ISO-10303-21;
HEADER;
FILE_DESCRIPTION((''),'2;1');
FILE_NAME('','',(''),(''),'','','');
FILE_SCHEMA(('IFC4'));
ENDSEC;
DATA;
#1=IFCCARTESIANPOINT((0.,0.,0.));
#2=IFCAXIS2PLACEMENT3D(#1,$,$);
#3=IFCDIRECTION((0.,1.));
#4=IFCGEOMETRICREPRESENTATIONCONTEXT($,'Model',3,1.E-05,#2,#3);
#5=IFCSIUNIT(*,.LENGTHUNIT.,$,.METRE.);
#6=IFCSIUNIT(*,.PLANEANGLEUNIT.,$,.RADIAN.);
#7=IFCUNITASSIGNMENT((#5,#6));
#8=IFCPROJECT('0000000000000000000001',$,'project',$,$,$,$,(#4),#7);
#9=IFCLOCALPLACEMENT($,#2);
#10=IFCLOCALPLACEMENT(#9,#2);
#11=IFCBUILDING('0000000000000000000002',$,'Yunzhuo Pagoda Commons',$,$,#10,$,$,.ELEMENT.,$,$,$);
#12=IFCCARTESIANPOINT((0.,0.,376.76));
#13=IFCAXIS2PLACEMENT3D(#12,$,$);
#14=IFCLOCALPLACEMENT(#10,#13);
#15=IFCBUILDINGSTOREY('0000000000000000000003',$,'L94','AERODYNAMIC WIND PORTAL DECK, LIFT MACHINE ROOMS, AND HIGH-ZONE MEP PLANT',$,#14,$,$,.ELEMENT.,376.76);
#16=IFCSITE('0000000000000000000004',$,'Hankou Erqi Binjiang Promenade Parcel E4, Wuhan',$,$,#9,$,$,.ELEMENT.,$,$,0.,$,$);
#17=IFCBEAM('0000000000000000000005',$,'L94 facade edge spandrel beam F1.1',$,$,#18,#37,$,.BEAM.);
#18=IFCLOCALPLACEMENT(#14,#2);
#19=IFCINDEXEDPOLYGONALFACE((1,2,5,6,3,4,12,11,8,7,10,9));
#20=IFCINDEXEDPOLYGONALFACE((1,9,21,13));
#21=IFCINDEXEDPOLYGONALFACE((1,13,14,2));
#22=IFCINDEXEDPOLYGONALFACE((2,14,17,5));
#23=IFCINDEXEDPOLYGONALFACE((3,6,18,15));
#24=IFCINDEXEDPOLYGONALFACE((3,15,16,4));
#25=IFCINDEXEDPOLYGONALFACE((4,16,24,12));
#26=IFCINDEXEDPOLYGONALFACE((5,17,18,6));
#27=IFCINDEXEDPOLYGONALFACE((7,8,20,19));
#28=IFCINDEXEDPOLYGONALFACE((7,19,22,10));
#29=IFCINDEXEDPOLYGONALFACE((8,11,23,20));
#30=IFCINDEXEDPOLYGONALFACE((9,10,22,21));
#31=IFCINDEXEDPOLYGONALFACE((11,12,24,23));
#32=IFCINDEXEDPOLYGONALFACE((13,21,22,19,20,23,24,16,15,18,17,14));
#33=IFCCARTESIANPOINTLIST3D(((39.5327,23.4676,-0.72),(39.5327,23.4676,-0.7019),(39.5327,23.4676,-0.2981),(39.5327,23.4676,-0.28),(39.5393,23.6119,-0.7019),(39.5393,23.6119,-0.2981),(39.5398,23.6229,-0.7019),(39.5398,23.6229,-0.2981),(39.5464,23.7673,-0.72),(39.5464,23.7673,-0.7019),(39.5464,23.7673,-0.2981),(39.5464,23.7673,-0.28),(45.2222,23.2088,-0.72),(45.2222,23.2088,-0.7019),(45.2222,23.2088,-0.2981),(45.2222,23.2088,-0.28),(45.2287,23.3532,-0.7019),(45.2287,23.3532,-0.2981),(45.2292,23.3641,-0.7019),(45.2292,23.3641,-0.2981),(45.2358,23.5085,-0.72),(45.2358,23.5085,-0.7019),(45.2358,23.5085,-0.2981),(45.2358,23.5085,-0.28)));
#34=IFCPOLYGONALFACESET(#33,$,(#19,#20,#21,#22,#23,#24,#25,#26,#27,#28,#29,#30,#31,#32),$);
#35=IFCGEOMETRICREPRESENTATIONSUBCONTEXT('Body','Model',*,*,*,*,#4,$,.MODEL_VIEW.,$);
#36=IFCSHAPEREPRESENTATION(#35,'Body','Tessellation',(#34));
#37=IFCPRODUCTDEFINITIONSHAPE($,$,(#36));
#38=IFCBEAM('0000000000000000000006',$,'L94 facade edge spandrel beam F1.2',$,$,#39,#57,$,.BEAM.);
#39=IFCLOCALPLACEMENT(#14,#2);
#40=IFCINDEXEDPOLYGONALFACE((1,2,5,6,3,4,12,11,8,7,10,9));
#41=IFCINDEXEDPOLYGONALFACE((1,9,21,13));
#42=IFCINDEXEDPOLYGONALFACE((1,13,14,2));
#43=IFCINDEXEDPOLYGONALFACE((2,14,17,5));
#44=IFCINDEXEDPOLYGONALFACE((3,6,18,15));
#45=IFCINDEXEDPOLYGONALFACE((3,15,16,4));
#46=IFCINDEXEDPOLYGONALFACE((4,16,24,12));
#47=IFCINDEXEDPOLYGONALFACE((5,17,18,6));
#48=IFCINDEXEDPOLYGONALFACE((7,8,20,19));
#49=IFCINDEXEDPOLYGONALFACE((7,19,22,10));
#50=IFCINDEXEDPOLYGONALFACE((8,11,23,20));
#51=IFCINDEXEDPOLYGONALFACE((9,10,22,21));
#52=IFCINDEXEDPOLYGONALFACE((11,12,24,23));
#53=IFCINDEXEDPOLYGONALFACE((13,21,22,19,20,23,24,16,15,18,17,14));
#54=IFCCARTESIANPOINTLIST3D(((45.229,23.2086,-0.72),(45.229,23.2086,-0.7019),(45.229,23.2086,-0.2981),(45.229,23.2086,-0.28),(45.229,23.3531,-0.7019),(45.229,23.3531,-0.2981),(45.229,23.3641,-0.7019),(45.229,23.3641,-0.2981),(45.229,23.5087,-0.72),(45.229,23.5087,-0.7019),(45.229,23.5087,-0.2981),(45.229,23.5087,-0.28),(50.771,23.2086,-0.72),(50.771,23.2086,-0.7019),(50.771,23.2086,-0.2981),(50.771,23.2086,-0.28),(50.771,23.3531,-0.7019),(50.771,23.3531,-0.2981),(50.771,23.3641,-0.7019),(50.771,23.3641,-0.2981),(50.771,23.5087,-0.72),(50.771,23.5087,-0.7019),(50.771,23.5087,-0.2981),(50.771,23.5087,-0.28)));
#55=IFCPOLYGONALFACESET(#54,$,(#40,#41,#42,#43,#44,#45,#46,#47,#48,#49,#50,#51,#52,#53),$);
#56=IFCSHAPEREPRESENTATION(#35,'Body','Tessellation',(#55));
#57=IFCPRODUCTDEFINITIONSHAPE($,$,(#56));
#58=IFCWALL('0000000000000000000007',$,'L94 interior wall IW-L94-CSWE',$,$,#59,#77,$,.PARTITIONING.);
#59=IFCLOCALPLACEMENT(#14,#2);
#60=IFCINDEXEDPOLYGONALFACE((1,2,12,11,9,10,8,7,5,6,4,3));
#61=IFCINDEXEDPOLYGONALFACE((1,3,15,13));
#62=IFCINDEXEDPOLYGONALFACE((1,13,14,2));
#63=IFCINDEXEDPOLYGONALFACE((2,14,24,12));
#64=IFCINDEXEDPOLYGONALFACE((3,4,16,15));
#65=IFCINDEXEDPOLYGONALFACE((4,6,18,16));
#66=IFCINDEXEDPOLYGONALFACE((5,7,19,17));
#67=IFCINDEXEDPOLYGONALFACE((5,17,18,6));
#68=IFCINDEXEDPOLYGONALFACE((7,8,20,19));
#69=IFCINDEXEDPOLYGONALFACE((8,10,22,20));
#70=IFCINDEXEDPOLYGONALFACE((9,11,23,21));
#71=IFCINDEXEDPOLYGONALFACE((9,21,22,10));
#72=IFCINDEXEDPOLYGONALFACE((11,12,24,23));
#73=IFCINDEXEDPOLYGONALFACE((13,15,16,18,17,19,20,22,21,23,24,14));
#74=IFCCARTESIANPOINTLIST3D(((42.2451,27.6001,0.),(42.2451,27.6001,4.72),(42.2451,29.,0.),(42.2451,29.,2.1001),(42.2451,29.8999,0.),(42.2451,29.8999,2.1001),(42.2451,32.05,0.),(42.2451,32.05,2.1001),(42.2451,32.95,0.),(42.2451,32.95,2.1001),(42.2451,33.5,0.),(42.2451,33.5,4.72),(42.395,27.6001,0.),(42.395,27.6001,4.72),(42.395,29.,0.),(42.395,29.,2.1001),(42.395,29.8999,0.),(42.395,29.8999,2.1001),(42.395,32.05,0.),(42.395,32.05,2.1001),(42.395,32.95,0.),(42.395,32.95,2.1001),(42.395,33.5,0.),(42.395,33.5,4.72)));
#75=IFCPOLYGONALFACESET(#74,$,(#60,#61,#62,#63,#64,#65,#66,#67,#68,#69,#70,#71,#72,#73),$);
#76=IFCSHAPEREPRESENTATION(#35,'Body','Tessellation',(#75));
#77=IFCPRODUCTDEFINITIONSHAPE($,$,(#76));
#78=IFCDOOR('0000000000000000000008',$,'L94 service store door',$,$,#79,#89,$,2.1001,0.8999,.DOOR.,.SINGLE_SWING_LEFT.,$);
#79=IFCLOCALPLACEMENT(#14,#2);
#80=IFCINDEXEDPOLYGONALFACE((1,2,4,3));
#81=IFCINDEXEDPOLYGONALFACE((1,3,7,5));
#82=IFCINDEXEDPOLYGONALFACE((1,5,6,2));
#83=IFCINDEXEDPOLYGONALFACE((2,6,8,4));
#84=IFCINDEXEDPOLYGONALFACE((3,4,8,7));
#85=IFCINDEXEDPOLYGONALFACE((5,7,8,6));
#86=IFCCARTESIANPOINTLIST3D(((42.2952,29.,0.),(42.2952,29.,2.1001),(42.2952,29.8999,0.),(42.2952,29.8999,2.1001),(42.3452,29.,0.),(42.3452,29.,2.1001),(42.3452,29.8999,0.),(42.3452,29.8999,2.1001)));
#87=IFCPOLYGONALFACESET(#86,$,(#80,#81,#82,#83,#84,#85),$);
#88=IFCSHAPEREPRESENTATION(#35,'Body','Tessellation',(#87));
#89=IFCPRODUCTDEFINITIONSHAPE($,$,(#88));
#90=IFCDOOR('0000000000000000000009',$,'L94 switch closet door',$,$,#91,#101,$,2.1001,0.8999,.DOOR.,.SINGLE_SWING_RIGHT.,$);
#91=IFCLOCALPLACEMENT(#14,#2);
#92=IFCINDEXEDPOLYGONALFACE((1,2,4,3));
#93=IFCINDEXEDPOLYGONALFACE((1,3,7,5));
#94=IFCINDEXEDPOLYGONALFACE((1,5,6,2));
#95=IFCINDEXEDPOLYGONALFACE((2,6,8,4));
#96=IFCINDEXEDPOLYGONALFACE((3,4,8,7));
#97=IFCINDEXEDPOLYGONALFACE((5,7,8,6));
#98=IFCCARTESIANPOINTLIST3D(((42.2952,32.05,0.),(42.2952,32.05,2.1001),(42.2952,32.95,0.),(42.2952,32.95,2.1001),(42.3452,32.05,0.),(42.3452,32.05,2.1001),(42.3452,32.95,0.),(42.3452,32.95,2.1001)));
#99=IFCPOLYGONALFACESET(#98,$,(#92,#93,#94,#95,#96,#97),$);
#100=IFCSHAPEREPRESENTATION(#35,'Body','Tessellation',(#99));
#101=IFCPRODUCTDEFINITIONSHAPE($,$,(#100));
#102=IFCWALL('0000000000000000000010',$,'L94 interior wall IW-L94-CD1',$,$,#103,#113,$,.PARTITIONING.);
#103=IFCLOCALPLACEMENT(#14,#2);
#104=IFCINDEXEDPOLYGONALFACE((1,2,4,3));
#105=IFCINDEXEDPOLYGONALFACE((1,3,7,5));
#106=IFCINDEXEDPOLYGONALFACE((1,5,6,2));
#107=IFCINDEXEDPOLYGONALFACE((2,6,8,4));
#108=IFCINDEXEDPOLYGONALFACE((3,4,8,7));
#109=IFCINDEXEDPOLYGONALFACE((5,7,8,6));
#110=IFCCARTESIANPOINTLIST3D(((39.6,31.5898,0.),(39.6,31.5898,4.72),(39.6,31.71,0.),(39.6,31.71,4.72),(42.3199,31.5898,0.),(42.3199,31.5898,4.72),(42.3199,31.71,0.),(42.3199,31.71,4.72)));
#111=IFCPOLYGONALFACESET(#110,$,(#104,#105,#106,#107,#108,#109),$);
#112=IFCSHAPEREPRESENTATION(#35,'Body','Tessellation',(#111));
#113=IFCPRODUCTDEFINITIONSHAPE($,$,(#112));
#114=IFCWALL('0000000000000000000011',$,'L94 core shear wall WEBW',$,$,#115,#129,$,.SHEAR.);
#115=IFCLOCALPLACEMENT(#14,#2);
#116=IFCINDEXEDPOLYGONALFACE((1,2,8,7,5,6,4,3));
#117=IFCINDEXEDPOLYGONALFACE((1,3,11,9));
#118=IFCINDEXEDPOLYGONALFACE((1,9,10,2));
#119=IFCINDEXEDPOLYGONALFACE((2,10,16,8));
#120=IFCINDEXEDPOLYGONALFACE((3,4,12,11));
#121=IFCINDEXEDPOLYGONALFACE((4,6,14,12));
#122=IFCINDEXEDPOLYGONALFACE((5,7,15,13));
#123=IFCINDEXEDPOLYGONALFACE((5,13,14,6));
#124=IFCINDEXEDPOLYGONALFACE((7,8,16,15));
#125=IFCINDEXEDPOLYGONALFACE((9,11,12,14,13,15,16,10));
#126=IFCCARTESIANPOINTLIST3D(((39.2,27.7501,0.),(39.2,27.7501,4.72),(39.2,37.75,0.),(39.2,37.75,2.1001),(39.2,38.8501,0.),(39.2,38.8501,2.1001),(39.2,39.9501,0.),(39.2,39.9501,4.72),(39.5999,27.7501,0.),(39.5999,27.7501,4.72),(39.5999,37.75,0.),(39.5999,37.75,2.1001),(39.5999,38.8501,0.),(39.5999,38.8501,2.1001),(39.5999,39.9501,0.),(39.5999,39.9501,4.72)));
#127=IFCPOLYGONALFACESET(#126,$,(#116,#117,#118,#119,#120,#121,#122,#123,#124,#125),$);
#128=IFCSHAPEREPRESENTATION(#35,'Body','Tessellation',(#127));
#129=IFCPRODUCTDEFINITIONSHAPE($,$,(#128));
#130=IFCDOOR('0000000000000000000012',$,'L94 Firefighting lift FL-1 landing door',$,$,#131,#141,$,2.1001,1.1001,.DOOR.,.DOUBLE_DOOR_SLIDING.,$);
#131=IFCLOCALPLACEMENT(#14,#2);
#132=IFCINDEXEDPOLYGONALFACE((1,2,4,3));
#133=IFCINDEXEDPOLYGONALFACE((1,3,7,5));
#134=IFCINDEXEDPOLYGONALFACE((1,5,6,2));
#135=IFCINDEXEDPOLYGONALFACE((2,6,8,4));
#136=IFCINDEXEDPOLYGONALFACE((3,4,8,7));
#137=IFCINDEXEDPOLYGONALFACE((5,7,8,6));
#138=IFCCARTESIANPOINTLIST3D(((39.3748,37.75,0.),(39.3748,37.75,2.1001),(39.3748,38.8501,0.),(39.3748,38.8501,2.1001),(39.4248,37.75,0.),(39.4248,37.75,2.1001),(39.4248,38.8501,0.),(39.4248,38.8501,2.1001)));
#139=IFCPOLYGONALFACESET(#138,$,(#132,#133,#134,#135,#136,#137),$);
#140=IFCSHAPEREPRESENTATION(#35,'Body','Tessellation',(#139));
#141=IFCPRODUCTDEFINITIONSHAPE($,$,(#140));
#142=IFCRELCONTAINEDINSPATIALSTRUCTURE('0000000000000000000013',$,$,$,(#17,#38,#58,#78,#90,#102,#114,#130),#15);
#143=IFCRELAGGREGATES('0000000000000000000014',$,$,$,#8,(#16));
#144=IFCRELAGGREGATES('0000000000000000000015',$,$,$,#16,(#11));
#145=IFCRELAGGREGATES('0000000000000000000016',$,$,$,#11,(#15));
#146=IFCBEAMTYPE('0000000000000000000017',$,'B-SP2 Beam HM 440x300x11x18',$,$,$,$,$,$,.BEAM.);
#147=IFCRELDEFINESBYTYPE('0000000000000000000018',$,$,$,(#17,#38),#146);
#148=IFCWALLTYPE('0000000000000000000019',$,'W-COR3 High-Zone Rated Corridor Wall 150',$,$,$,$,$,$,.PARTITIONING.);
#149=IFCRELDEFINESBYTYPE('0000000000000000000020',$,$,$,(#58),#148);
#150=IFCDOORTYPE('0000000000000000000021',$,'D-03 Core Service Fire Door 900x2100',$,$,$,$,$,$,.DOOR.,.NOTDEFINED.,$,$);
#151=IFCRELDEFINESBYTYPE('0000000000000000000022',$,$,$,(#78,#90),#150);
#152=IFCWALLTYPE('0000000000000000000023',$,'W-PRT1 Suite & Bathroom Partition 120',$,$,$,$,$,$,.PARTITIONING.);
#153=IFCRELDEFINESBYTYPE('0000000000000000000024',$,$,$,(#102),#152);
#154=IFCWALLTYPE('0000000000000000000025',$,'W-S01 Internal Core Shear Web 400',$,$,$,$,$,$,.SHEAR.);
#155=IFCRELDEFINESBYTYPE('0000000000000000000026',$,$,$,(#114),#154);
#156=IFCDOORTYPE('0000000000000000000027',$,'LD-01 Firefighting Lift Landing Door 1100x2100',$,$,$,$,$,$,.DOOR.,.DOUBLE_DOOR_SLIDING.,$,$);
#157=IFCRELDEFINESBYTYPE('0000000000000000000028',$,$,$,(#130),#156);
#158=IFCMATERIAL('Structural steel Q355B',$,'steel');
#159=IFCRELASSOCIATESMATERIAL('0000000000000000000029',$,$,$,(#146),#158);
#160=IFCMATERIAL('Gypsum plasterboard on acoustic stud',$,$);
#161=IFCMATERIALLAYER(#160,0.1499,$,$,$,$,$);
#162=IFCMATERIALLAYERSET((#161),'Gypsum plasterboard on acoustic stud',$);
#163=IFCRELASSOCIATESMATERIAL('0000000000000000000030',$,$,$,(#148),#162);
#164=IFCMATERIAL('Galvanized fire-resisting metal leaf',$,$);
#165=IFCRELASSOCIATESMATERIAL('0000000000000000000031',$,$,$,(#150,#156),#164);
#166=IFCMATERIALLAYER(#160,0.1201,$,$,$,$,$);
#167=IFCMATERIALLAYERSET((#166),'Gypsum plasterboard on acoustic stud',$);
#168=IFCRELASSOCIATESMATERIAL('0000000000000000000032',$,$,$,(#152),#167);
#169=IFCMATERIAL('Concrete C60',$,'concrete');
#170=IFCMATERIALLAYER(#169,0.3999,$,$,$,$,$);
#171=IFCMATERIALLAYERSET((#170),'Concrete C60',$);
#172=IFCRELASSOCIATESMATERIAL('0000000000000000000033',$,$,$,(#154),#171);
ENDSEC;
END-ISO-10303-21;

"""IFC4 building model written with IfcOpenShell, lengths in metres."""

from ifc_helpers import new_model, si_unit, direction, frame, frame_2d, origin, origin_with_axes, origin_2d, place, context, subcontext, project, spatial, rectangle, i_section, extrude, source, transform, mapped, material, layer, layer_set, material_profile, profile_set, type_object, element, fill, save


model = new_model("IFC4")

# Units and contexts
model_context = context("Model", 3, precision=1e-05, world=origin(), true_north=direction((0.0, 1.0)))
body_context = subcontext(model_context, "Body", "Model", "MODEL_VIEW")
ifc_project = project(units=[si_unit("LENGTHUNIT", "METRE"), si_unit("PLANEANGLEUNIT", "RADIAN")], contexts=[model_context])

# Site, building, storey
site_placement = place(None, origin())
site = spatial("IfcSite", under=ifc_project, at=site_placement, Name="Hankou Erqi Binjiang Promenade Parcel E4, Wuhan", CompositionType="ELEMENT", RefElevation=0.0)
building_placement = place(site_placement, origin())
building = spatial("IfcBuilding", under=site, at=building_placement, Name="Yunzhuo Pagoda Commons", CompositionType="ELEMENT")
storey_placement = place(building_placement, frame((0.0, 0.0, 376.76)))
storey = spatial("IfcBuildingStorey", under=building, at=storey_placement, Name="L94", Description="AERODYNAMIC WIND PORTAL DECK, LIFT MACHINE ROOMS, AND HIGH-ZONE MEP PLANT", CompositionType="ELEMENT", Elevation=376.76)

# Shared definitions
ifc_material_1 = material(Name="Structural steel Q355B", Category="steel")

# Beams
ifc_material_profile_1 = material_profile(ifc_material_1, i_section(OverallWidth=0.3, OverallDepth=0.4399, WebThickness=0.011, FlangeThickness=0.0181, at=origin_2d()), Name="Structural steel Q355B")
ifc_profile_set_1 = profile_set([ifc_material_profile_1], Name="Structural steel Q355B")
beam_type_1 = type_object("IfcBeamType", Name="B-SP2 Beam HM 440x300x11x18", PredefinedType="BEAM", material=ifc_profile_set_1)
shared_shape_1 = source(origin(), body_context, "Body", "SweptSolid", [
    extrude(i_section(OverallWidth=0.3, OverallDepth=0.4399, WebThickness=0.011, FlangeThickness=0.0181, at=origin_2d()), origin(), (0.0, 0.0, 1.0), 5.6953),
])
beam_1_placement = place(storey_placement, frame((39.5396, 23.6174, -0.5), z_axis=(0.998967, -0.045439, 0.0), x_axis=(0.045439, 0.998967, 0.0)))
element("IfcBeam", 1, at=beam_1_placement, inside=storey, type_object=beam_type_1, Name="L94 facade edge spandrel beam F1.1", PredefinedType="BEAM", context=body_context, shape_type="MappedRepresentation", body=[
    mapped(shared_shape_1, transform((0.0, 0.0, 0.0), scale=1.0)),
])
shared_shape_2 = source(origin(), body_context, "Body", "SweptSolid", [
    extrude(i_section(OverallWidth=0.3, OverallDepth=0.4399, WebThickness=0.011, FlangeThickness=0.0181, at=origin_2d()), origin(), (0.0, 0.0, 1.0), 5.542),
])
beam_2_placement = place(storey_placement, frame((45.229, 23.3586, -0.5), z_axis=(1.0, 0.0, 0.0), x_axis=(0.0, 1.0, 0.0)))
element("IfcBeam", 2, at=beam_2_placement, inside=storey, type_object=beam_type_1, Name="L94 facade edge spandrel beam F1.2", PredefinedType="BEAM", context=body_context, shape_type="MappedRepresentation", body=[
    mapped(shared_shape_2, transform((0.0, 0.0, 0.0), scale=1.0)),
])

# Wall, openings, doors
ifc_material_2 = material(Name="Gypsum plasterboard on acoustic stud")
ifc_layer_1 = layer(ifc_material_2, 0.1499)
ifc_layer_set_1 = layer_set([ifc_layer_1], Name="Gypsum plasterboard on acoustic stud")
wall_type_1 = type_object("IfcWallType", Name="W-COR3 High-Zone Rated Corridor Wall 150", PredefinedType="PARTITIONING", material=ifc_layer_set_1)
wall_1_placement = place(storey_placement, frame((42.3201, 27.6001, 0.0), z_axis=(0.0, 0.0, 1.0), x_axis=(0.0, 1.0, 0.0)))
wall_1 = element("IfcWall", 3, at=wall_1_placement, inside=storey, type_object=wall_type_1, Name="L94 interior wall IW-L94-CSWE", PredefinedType="PARTITIONING", context=body_context, shape_type="SweptSolid", body=[
    extrude(rectangle(XDim=5.8999, YDim=0.1499, at=frame_2d((2.95, 0.0))), origin(), (0.0, 0.0, 1.0), 4.72),
])
opening_1_placement = place(wall_1_placement, frame((1.3999, 0.0, 0.0)))
opening_1 = element("IfcOpeningElement", 4, at=opening_1_placement, cuts=wall_1, PredefinedType="OPENING", context=body_context, shape_type="SweptSolid", body=[
    extrude(rectangle(XDim=0.8999, YDim=2.1001, at=frame_2d((0.45, 1.05))), frame((0.0, 0.085, 0.0), z_axis=(0.0, -1.0, 0.0), x_axis=(1.0, 0.0, 0.0)), (0.0, 0.0, 1.0), 0.1699),
])
opening_2_placement = place(wall_1_placement, frame((4.45, 0.0, 0.0)))
opening_2 = element("IfcOpeningElement", 5, at=opening_2_placement, cuts=wall_1, PredefinedType="OPENING", context=body_context, shape_type="SweptSolid", body=[
    extrude(rectangle(XDim=0.8999, YDim=2.1001, at=frame_2d((0.45, 1.05))), frame((0.0, 0.085, 0.0), z_axis=(0.0, -1.0, 0.0), x_axis=(1.0, 0.0, 0.0)), (0.0, 0.0, 1.0), 0.1699),
])
ifc_material_3 = material(Name="Galvanized fire-resisting metal leaf")
door_type_1 = type_object("IfcDoorType", Name="D-03 Core Service Fire Door 900x2100", OperationType="NOTDEFINED", PredefinedType="DOOR", material=ifc_material_3)
shared_shape_3 = source(origin(), body_context, "Body", "SweptSolid", [
    extrude(rectangle(XDim=0.8999, YDim=2.1001, at=frame_2d((0.45, 1.05))), frame((0.0, 0.0249, 0.0), z_axis=(0.0, -1.0, 0.0), x_axis=(1.0, 0.0, 0.0)), (0.0, 0.0, 1.0), 0.05),
])
door_1_placement = place(opening_1_placement, origin_with_axes())
door_1 = element("IfcDoor", 6, at=door_1_placement, inside=storey, type_object=door_type_1, Name="L94 service store door", OperationType="SINGLE_SWING_LEFT", OverallHeight=2.1001, OverallWidth=0.8999, PredefinedType="DOOR", context=body_context, shape_type="MappedRepresentation", body=[
    mapped(shared_shape_3, transform((0.0, 0.0, 0.0), scale=1.0)),
])
fill(opening_1, door_1)
door_2_placement = place(opening_2_placement, origin_with_axes())
door_2 = element("IfcDoor", 7, at=door_2_placement, inside=storey, type_object=door_type_1, Name="L94 switch closet door", OperationType="SINGLE_SWING_RIGHT", OverallHeight=2.1001, OverallWidth=0.8999, PredefinedType="DOOR", context=body_context, shape_type="MappedRepresentation", body=[
    mapped(shared_shape_3, transform((0.0, 0.0, 0.0), scale=1.0)),
])
fill(opening_2, door_2)

# Wall
ifc_layer_2 = layer(ifc_material_2, 0.1201)
ifc_layer_set_2 = layer_set([ifc_layer_2], Name="Gypsum plasterboard on acoustic stud")
wall_type_2 = type_object("IfcWallType", Name="W-PRT1 Suite & Bathroom Partition 120", PredefinedType="PARTITIONING", material=ifc_layer_set_2)
wall_2_placement = place(storey_placement, frame((39.6001, 31.6499, 0.0), z_axis=(0.0, 0.0, 1.0), x_axis=(1.0, 0.0, 0.0)))
element("IfcWall", 8, at=wall_2_placement, inside=storey, type_object=wall_type_2, Name="L94 interior wall IW-L94-CD1", PredefinedType="PARTITIONING", context=body_context, shape_type="SweptSolid", body=[
    extrude(rectangle(XDim=2.72, YDim=0.1201, at=frame_2d((1.3599, 0.0))), origin(), (0.0, 0.0, 1.0), 4.72),
])

# Wall, opening, door
ifc_material_4 = material(Name="Concrete C60", Category="concrete")
ifc_layer_3 = layer(ifc_material_4, 0.3999)
ifc_layer_set_3 = layer_set([ifc_layer_3], Name="Concrete C60")
wall_type_3 = type_object("IfcWallType", Name="W-S01 Internal Core Shear Web 400", PredefinedType="SHEAR", material=ifc_layer_set_3)
wall_3_placement = place(storey_placement, frame((39.3999, 27.75, 0.0), z_axis=(0.0, 0.0, 1.0), x_axis=(0.0, 1.0, 0.0)))
wall_3 = element("IfcWall", 9, at=wall_3_placement, inside=storey, type_object=wall_type_3, Name="L94 core shear wall WEBW", PredefinedType="SHEAR", context=body_context, shape_type="SweptSolid", body=[
    extrude(rectangle(XDim=12.2, YDim=0.3999, at=frame_2d((6.1001, 0.0))), origin(), (0.0, 0.0, 1.0), 4.72),
])
opening_3_placement = place(wall_3_placement, frame((10.0, 0.0, 0.0)))
opening_3 = element("IfcOpeningElement", 10, at=opening_3_placement, cuts=wall_3, PredefinedType="OPENING", context=body_context, shape_type="SweptSolid", body=[
    extrude(rectangle(XDim=1.1001, YDim=2.1001, at=frame_2d((0.55, 1.05))), frame((0.0, 0.21, 0.0), z_axis=(0.0, -1.0, 0.0), x_axis=(1.0, 0.0, 0.0)), (0.0, 0.0, 1.0), 0.4199),
])
door_type_2 = type_object("IfcDoorType", Name="LD-01 Firefighting Lift Landing Door 1100x2100", OperationType="DOUBLE_DOOR_SLIDING", PredefinedType="DOOR", material=ifc_material_3)
shared_shape_4 = source(origin(), body_context, "Body", "SweptSolid", [
    extrude(rectangle(XDim=1.1001, YDim=2.1001, at=frame_2d((0.55, 1.05))), frame((0.0, 0.0249, 0.0), z_axis=(0.0, -1.0, 0.0), x_axis=(1.0, 0.0, 0.0)), (0.0, 0.0, 1.0), 0.05),
])
door_3_placement = place(opening_3_placement, frame((1.1001, 0.0, 0.0), z_axis=(0.0, 0.0, 1.0), x_axis=(-1.0, 0.0, 0.0)))
door_3 = element("IfcDoor", 11, at=door_3_placement, inside=storey, type_object=door_type_2, Name="L94 Firefighting lift FL-1 landing door", OperationType="DOUBLE_DOOR_SLIDING", OverallHeight=2.1001, OverallWidth=1.1001, PredefinedType="DOOR", context=body_context, shape_type="MappedRepresentation", body=[
    mapped(shared_shape_4, transform((0.0, 0.0, 0.0), scale=1.0)),
])
fill(opening_3, door_3)

save(model, "model.ifc")
